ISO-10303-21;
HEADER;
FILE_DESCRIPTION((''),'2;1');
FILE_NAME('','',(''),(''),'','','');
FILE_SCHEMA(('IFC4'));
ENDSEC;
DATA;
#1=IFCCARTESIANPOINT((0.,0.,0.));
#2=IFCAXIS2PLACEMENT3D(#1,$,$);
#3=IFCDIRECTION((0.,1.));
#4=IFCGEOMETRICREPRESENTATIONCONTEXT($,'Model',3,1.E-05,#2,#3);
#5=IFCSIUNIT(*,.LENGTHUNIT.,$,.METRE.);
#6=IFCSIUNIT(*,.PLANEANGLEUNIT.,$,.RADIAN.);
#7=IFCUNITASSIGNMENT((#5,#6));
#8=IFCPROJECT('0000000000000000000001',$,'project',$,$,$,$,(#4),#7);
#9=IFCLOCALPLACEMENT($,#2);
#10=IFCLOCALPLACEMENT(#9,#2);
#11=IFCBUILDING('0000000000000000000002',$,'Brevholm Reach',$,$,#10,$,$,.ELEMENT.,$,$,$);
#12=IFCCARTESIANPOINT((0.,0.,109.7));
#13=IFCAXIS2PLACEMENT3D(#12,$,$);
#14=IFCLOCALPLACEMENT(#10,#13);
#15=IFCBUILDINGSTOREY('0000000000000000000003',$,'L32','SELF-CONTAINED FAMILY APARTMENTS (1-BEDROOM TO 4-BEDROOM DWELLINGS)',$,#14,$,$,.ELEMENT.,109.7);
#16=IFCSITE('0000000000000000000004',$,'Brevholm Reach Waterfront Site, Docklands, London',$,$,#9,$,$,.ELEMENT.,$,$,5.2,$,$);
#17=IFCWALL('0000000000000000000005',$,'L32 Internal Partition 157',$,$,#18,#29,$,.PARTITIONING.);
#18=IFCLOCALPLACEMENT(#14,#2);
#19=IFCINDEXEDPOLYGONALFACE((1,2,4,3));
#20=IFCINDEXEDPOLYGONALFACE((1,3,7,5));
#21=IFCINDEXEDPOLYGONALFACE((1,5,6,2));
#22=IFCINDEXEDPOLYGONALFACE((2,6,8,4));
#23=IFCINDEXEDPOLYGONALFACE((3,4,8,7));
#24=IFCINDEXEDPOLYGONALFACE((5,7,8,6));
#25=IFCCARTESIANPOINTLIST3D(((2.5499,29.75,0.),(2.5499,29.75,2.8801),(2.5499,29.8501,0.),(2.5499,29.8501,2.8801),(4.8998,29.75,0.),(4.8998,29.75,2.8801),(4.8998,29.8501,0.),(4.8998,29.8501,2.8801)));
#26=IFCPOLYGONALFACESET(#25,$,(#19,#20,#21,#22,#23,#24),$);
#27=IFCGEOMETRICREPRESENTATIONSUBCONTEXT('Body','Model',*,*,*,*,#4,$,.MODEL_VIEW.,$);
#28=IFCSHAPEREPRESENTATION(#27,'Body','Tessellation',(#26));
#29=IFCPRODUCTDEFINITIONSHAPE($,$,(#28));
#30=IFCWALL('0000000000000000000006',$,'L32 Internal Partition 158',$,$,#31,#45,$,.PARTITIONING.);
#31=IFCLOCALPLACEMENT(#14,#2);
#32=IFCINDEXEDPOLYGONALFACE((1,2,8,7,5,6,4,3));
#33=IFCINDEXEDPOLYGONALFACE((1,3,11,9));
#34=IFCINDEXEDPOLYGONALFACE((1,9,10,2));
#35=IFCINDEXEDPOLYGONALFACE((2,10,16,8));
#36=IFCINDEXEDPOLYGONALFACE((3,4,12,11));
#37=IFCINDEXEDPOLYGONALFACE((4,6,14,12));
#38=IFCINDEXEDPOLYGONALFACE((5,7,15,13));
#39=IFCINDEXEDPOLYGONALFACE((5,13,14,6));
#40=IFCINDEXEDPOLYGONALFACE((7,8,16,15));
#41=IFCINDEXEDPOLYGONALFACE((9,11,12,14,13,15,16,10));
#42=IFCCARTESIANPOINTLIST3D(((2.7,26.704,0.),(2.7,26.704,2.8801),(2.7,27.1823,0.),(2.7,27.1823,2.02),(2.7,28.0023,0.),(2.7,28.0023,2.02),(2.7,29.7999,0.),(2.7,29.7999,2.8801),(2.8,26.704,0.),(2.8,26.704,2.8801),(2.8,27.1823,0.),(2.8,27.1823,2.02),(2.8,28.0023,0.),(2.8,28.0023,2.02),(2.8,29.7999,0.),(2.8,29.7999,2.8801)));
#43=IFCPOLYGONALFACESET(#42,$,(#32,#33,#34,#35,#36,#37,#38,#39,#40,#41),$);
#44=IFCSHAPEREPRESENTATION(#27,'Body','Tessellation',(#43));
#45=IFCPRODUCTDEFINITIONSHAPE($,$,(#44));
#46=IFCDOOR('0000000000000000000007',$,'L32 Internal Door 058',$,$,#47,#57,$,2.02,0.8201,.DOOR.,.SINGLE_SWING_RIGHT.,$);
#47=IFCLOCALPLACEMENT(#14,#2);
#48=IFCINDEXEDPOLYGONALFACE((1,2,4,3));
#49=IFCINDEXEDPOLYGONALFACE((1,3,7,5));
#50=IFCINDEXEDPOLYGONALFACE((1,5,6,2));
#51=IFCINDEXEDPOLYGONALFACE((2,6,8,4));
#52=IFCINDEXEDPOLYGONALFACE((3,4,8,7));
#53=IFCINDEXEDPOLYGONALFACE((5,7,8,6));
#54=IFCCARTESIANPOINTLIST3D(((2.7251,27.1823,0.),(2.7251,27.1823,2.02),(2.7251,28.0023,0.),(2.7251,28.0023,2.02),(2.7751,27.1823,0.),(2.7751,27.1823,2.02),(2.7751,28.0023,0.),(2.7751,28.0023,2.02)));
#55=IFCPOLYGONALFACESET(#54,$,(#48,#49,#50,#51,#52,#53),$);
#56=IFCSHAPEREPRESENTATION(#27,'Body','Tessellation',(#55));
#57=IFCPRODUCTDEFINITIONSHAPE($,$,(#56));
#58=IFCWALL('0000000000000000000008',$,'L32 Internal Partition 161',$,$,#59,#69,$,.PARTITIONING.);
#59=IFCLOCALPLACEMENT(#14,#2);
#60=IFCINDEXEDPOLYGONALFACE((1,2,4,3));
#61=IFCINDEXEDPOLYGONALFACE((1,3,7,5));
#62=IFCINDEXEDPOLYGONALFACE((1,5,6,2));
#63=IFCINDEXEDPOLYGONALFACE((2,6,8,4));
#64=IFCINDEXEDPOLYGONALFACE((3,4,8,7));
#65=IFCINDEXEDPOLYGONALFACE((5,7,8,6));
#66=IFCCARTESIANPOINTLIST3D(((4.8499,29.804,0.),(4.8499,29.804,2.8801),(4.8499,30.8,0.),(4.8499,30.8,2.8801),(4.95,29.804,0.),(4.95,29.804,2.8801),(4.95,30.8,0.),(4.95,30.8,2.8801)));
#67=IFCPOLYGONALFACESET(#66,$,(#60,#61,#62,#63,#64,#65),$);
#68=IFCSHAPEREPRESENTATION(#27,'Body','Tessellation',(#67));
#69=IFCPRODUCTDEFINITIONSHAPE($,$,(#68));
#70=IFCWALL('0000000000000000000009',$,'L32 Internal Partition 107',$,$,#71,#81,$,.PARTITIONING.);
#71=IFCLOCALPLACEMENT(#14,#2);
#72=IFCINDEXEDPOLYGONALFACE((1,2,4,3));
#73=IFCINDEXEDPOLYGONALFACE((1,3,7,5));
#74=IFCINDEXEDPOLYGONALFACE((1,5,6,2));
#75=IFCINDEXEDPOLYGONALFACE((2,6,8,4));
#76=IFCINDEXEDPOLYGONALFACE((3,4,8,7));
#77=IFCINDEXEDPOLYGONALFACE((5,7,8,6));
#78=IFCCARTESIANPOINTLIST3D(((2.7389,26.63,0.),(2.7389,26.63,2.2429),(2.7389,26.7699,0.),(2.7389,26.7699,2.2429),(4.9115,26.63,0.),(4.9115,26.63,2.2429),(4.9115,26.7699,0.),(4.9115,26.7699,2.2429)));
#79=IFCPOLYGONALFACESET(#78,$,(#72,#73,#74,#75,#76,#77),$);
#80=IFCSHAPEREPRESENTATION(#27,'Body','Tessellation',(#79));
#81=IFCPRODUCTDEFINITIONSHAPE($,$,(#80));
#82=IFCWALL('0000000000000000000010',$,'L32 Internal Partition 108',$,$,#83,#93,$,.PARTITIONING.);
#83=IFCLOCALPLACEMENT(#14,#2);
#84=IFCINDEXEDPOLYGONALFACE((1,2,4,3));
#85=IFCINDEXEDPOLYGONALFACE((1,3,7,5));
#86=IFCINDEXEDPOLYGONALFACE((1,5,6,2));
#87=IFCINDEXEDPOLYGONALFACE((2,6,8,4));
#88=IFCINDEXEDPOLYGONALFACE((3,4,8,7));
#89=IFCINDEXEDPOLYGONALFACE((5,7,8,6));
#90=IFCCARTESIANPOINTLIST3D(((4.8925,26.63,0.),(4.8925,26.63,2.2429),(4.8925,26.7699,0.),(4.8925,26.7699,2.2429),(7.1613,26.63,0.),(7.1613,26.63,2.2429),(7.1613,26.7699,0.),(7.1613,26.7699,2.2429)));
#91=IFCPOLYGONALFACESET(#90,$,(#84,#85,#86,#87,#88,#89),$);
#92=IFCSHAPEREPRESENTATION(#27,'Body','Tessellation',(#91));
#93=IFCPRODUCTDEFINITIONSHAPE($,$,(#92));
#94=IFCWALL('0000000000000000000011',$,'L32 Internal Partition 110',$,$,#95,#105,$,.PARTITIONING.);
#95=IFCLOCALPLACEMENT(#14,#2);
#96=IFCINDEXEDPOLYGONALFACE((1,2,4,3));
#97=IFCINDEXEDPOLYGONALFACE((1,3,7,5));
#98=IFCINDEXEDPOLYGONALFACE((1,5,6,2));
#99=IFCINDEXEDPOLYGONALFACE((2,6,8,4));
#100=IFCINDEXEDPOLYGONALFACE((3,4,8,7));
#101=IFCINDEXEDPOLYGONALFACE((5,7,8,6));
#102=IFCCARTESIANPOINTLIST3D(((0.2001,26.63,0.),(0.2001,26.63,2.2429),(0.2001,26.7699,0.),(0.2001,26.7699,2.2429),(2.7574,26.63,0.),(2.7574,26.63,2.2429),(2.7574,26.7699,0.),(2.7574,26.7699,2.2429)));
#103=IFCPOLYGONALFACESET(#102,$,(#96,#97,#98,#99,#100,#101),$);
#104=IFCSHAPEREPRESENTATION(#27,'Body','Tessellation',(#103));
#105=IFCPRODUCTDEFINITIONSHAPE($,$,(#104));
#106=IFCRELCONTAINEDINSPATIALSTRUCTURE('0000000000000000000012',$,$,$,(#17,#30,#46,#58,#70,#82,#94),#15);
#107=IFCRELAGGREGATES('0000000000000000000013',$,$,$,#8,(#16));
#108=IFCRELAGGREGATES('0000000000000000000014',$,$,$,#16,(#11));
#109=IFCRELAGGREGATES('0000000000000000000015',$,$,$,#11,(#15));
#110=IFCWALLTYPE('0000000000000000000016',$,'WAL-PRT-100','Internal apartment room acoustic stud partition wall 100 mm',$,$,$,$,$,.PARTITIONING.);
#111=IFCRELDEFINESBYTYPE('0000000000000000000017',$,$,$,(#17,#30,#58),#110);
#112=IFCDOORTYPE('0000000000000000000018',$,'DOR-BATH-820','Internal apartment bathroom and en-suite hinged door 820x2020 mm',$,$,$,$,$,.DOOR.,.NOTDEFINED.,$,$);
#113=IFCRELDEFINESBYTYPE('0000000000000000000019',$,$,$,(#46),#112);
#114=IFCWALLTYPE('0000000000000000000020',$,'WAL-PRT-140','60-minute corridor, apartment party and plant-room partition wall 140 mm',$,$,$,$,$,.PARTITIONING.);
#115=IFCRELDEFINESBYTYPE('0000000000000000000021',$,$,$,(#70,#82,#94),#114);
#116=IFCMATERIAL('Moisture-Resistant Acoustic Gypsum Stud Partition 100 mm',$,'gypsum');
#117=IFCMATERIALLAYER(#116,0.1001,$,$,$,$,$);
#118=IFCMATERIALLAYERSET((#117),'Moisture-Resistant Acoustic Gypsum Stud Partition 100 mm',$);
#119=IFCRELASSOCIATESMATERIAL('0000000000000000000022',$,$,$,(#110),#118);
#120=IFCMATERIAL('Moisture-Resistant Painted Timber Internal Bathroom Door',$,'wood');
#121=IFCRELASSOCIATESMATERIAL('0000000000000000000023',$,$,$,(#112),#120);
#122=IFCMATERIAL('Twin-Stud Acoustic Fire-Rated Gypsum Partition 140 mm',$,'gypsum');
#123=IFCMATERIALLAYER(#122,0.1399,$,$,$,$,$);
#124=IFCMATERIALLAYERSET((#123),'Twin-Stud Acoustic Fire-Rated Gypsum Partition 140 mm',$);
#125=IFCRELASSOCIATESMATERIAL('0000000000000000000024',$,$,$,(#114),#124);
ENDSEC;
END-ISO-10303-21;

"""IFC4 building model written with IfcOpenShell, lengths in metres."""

from ifc_helpers import new_model, si_unit, direction, frame, frame_2d, origin, place, context, subcontext, project, spatial, rectangle, extrude, material, layer, layer_set, type_object, element, fill, save


model = new_model("IFC4")

# Units and contexts
model_context = context("Model", 3, precision=1e-05, world=origin(), true_north=direction((0.0, 1.0)))
body_context = subcontext(model_context, "Body", "Model", "MODEL_VIEW")
ifc_project = project(units=[si_unit("LENGTHUNIT", "METRE"), si_unit("PLANEANGLEUNIT", "RADIAN")], contexts=[model_context])

# Site, building, storey
site_placement = place(None, origin())
site = spatial("IfcSite", under=ifc_project, at=site_placement, Name="Brevholm Reach Waterfront Site, Docklands, London", CompositionType="ELEMENT", RefElevation=5.2)
building_placement = place(site_placement, origin())
building = spatial("IfcBuilding", under=site, at=building_placement, Name="Brevholm Reach", CompositionType="ELEMENT")
storey_placement = place(building_placement, frame((0.0, 0.0, 109.7)))
storey = spatial("IfcBuildingStorey", under=building, at=storey_placement, Name="L32", Description="SELF-CONTAINED FAMILY APARTMENTS (1-BEDROOM TO 4-BEDROOM DWELLINGS)", CompositionType="ELEMENT", Elevation=109.7)

# Wall
ifc_material_1 = material(Name="Moisture-Resistant Acoustic Gypsum Stud Partition 100 mm", Category="gypsum")
ifc_layer_1 = layer(ifc_material_1, 0.1001)
ifc_layer_set_1 = layer_set([ifc_layer_1], Name="Moisture-Resistant Acoustic Gypsum Stud Partition 100 mm")
wall_type_1 = type_object("IfcWallType", Name="WAL-PRT-100", Description="Internal apartment room acoustic stud partition wall 100 mm", PredefinedType="PARTITIONING", material=ifc_layer_set_1)
wall_1_placement = place(storey_placement, frame((2.55, 29.8, 0.0), z_axis=(0.0, 0.0, 1.0), x_axis=(1.0, 0.0, 0.0)))
element("IfcWall", 1, at=wall_1_placement, inside=storey, type_object=wall_type_1, Name="L32 Internal Partition 157", PredefinedType="PARTITIONING", context=body_context, shape_type="SweptSolid", body=[
    extrude(rectangle(XDim=2.3499, YDim=0.1001, at=frame_2d((1.1748, 0.0))), origin(), (0.0, 0.0, 1.0), 2.8801),
])

# Wall, opening, door
wall_2_placement = place(storey_placement, frame((2.75, 26.7041, 0.0), z_axis=(0.0, 0.0, 1.0), x_axis=(0.0, 1.0, 0.0)))
wall_2 = element("IfcWall", 2, at=wall_2_placement, inside=storey, type_object=wall_type_1, Name="L32 Internal Partition 158", PredefinedType="PARTITIONING", context=body_context, shape_type="SweptSolid", body=[
    extrude(rectangle(XDim=3.0959, YDim=0.1001, at=frame_2d((1.5479, 0.0))), origin(), (0.0, 0.0, 1.0), 2.8801),
])
opening_1_placement = place(wall_2_placement, frame((0.478, 0.0, 0.0)))
opening_1 = element("IfcOpeningElement", 3, at=opening_1_placement, cuts=wall_2, PredefinedType="OPENING", context=body_context, shape_type="SweptSolid", body=[
    extrude(rectangle(XDim=0.8201, YDim=2.02, at=frame_2d((0.4102, 1.01))), frame((0.0, 0.0601, 0.0), z_axis=(0.0, -1.0, 0.0), x_axis=(1.0, 0.0, 0.0)), (0.0, 0.0, 1.0), 0.1201),
])
ifc_material_2 = material(Name="Moisture-Resistant Painted Timber Internal Bathroom Door", Category="wood")
door_type = type_object("IfcDoorType", Name="DOR-BATH-820", Description="Internal apartment bathroom and en-suite hinged door 820x2020 mm", OperationType="NOTDEFINED", PredefinedType="DOOR", material=ifc_material_2)
door_placement = place(opening_1_placement, origin())
door = element("IfcDoor", 4, at=door_placement, inside=storey, type_object=door_type, Name="L32 Internal Door 058", OperationType="SINGLE_SWING_RIGHT", OverallHeight=2.02, OverallWidth=0.8201, PredefinedType="DOOR", context=body_context, shape_type="SweptSolid", body=[
    extrude(rectangle(XDim=0.8201, YDim=2.02, at=frame_2d((0.4102, 1.01))), frame((0.0, 0.0249, 0.0), z_axis=(0.0, -1.0, 0.0), x_axis=(1.0, 0.0, 0.0)), (0.0, 0.0, 1.0), 0.05),
])
fill(opening_1, door)

# Walls
wall_3_placement = place(storey_placement, frame((4.8999, 29.804, 0.0), z_axis=(0.0, 0.0, 1.0), x_axis=(0.0, 1.0, 0.0)))
element("IfcWall", 5, at=wall_3_placement, inside=storey, type_object=wall_type_1, Name="L32 Internal Partition 161", PredefinedType="PARTITIONING", context=body_context, shape_type="SweptSolid", body=[
    extrude(rectangle(XDim=0.9961, YDim=0.1001, at=frame_2d((0.498, 0.0))), origin(), (0.0, 0.0, 1.0), 2.8801),
])
ifc_material_3 = material(Name="Twin-Stud Acoustic Fire-Rated Gypsum Partition 140 mm", Category="gypsum")
ifc_layer_2 = layer(ifc_material_3, 0.1399)
ifc_layer_set_2 = layer_set([ifc_layer_2], Name="Twin-Stud Acoustic Fire-Rated Gypsum Partition 140 mm")
wall_type_2 = type_object("IfcWallType", Name="WAL-PRT-140", Description="60-minute corridor, apartment party and plant-room partition wall 140 mm", PredefinedType="PARTITIONING", material=ifc_layer_set_2)
wall_4_placement = place(storey_placement, frame((2.7388, 26.7, 0.0), z_axis=(0.0, 0.0, 1.0), x_axis=(1.0, 0.0, 0.0)))
element("IfcWall", 6, at=wall_4_placement, inside=storey, type_object=wall_type_2, Name="L32 Internal Partition 107", PredefinedType="PARTITIONING", context=body_context, shape_type="SweptSolid", body=[
    extrude(rectangle(XDim=2.1726, YDim=0.1399, at=frame_2d((1.0864, 0.0))), origin(), (0.0, 0.0, 1.0), 2.2429),
])
wall_5_placement = place(storey_placement, frame((4.8926, 26.7, 0.0), z_axis=(0.0, 0.0, 1.0), x_axis=(1.0, 0.0, 0.0)))
element("IfcWall", 7, at=wall_5_placement, inside=storey, type_object=wall_type_2, Name="L32 Internal Partition 108", PredefinedType="PARTITIONING", context=body_context, shape_type="SweptSolid", body=[
    extrude(rectangle(XDim=2.2688, YDim=0.1399, at=frame_2d((1.1343, 0.0))), origin(), (0.0, 0.0, 1.0), 2.2429),
])
wall_6_placement = place(storey_placement, frame((0.2, 26.7, 0.0), z_axis=(0.0, 0.0, 1.0), x_axis=(1.0, 0.0, 0.0)))
element("IfcWall", 8, at=wall_6_placement, inside=storey, type_object=wall_type_2, Name="L32 Internal Partition 110", PredefinedType="PARTITIONING", context=body_context, shape_type="SweptSolid", body=[
    extrude(rectangle(XDim=2.5574, YDim=0.1399, at=frame_2d((1.2788, 0.0))), origin(), (0.0, 0.0, 1.0), 2.2429),
])

save(model, "model.ifc")
